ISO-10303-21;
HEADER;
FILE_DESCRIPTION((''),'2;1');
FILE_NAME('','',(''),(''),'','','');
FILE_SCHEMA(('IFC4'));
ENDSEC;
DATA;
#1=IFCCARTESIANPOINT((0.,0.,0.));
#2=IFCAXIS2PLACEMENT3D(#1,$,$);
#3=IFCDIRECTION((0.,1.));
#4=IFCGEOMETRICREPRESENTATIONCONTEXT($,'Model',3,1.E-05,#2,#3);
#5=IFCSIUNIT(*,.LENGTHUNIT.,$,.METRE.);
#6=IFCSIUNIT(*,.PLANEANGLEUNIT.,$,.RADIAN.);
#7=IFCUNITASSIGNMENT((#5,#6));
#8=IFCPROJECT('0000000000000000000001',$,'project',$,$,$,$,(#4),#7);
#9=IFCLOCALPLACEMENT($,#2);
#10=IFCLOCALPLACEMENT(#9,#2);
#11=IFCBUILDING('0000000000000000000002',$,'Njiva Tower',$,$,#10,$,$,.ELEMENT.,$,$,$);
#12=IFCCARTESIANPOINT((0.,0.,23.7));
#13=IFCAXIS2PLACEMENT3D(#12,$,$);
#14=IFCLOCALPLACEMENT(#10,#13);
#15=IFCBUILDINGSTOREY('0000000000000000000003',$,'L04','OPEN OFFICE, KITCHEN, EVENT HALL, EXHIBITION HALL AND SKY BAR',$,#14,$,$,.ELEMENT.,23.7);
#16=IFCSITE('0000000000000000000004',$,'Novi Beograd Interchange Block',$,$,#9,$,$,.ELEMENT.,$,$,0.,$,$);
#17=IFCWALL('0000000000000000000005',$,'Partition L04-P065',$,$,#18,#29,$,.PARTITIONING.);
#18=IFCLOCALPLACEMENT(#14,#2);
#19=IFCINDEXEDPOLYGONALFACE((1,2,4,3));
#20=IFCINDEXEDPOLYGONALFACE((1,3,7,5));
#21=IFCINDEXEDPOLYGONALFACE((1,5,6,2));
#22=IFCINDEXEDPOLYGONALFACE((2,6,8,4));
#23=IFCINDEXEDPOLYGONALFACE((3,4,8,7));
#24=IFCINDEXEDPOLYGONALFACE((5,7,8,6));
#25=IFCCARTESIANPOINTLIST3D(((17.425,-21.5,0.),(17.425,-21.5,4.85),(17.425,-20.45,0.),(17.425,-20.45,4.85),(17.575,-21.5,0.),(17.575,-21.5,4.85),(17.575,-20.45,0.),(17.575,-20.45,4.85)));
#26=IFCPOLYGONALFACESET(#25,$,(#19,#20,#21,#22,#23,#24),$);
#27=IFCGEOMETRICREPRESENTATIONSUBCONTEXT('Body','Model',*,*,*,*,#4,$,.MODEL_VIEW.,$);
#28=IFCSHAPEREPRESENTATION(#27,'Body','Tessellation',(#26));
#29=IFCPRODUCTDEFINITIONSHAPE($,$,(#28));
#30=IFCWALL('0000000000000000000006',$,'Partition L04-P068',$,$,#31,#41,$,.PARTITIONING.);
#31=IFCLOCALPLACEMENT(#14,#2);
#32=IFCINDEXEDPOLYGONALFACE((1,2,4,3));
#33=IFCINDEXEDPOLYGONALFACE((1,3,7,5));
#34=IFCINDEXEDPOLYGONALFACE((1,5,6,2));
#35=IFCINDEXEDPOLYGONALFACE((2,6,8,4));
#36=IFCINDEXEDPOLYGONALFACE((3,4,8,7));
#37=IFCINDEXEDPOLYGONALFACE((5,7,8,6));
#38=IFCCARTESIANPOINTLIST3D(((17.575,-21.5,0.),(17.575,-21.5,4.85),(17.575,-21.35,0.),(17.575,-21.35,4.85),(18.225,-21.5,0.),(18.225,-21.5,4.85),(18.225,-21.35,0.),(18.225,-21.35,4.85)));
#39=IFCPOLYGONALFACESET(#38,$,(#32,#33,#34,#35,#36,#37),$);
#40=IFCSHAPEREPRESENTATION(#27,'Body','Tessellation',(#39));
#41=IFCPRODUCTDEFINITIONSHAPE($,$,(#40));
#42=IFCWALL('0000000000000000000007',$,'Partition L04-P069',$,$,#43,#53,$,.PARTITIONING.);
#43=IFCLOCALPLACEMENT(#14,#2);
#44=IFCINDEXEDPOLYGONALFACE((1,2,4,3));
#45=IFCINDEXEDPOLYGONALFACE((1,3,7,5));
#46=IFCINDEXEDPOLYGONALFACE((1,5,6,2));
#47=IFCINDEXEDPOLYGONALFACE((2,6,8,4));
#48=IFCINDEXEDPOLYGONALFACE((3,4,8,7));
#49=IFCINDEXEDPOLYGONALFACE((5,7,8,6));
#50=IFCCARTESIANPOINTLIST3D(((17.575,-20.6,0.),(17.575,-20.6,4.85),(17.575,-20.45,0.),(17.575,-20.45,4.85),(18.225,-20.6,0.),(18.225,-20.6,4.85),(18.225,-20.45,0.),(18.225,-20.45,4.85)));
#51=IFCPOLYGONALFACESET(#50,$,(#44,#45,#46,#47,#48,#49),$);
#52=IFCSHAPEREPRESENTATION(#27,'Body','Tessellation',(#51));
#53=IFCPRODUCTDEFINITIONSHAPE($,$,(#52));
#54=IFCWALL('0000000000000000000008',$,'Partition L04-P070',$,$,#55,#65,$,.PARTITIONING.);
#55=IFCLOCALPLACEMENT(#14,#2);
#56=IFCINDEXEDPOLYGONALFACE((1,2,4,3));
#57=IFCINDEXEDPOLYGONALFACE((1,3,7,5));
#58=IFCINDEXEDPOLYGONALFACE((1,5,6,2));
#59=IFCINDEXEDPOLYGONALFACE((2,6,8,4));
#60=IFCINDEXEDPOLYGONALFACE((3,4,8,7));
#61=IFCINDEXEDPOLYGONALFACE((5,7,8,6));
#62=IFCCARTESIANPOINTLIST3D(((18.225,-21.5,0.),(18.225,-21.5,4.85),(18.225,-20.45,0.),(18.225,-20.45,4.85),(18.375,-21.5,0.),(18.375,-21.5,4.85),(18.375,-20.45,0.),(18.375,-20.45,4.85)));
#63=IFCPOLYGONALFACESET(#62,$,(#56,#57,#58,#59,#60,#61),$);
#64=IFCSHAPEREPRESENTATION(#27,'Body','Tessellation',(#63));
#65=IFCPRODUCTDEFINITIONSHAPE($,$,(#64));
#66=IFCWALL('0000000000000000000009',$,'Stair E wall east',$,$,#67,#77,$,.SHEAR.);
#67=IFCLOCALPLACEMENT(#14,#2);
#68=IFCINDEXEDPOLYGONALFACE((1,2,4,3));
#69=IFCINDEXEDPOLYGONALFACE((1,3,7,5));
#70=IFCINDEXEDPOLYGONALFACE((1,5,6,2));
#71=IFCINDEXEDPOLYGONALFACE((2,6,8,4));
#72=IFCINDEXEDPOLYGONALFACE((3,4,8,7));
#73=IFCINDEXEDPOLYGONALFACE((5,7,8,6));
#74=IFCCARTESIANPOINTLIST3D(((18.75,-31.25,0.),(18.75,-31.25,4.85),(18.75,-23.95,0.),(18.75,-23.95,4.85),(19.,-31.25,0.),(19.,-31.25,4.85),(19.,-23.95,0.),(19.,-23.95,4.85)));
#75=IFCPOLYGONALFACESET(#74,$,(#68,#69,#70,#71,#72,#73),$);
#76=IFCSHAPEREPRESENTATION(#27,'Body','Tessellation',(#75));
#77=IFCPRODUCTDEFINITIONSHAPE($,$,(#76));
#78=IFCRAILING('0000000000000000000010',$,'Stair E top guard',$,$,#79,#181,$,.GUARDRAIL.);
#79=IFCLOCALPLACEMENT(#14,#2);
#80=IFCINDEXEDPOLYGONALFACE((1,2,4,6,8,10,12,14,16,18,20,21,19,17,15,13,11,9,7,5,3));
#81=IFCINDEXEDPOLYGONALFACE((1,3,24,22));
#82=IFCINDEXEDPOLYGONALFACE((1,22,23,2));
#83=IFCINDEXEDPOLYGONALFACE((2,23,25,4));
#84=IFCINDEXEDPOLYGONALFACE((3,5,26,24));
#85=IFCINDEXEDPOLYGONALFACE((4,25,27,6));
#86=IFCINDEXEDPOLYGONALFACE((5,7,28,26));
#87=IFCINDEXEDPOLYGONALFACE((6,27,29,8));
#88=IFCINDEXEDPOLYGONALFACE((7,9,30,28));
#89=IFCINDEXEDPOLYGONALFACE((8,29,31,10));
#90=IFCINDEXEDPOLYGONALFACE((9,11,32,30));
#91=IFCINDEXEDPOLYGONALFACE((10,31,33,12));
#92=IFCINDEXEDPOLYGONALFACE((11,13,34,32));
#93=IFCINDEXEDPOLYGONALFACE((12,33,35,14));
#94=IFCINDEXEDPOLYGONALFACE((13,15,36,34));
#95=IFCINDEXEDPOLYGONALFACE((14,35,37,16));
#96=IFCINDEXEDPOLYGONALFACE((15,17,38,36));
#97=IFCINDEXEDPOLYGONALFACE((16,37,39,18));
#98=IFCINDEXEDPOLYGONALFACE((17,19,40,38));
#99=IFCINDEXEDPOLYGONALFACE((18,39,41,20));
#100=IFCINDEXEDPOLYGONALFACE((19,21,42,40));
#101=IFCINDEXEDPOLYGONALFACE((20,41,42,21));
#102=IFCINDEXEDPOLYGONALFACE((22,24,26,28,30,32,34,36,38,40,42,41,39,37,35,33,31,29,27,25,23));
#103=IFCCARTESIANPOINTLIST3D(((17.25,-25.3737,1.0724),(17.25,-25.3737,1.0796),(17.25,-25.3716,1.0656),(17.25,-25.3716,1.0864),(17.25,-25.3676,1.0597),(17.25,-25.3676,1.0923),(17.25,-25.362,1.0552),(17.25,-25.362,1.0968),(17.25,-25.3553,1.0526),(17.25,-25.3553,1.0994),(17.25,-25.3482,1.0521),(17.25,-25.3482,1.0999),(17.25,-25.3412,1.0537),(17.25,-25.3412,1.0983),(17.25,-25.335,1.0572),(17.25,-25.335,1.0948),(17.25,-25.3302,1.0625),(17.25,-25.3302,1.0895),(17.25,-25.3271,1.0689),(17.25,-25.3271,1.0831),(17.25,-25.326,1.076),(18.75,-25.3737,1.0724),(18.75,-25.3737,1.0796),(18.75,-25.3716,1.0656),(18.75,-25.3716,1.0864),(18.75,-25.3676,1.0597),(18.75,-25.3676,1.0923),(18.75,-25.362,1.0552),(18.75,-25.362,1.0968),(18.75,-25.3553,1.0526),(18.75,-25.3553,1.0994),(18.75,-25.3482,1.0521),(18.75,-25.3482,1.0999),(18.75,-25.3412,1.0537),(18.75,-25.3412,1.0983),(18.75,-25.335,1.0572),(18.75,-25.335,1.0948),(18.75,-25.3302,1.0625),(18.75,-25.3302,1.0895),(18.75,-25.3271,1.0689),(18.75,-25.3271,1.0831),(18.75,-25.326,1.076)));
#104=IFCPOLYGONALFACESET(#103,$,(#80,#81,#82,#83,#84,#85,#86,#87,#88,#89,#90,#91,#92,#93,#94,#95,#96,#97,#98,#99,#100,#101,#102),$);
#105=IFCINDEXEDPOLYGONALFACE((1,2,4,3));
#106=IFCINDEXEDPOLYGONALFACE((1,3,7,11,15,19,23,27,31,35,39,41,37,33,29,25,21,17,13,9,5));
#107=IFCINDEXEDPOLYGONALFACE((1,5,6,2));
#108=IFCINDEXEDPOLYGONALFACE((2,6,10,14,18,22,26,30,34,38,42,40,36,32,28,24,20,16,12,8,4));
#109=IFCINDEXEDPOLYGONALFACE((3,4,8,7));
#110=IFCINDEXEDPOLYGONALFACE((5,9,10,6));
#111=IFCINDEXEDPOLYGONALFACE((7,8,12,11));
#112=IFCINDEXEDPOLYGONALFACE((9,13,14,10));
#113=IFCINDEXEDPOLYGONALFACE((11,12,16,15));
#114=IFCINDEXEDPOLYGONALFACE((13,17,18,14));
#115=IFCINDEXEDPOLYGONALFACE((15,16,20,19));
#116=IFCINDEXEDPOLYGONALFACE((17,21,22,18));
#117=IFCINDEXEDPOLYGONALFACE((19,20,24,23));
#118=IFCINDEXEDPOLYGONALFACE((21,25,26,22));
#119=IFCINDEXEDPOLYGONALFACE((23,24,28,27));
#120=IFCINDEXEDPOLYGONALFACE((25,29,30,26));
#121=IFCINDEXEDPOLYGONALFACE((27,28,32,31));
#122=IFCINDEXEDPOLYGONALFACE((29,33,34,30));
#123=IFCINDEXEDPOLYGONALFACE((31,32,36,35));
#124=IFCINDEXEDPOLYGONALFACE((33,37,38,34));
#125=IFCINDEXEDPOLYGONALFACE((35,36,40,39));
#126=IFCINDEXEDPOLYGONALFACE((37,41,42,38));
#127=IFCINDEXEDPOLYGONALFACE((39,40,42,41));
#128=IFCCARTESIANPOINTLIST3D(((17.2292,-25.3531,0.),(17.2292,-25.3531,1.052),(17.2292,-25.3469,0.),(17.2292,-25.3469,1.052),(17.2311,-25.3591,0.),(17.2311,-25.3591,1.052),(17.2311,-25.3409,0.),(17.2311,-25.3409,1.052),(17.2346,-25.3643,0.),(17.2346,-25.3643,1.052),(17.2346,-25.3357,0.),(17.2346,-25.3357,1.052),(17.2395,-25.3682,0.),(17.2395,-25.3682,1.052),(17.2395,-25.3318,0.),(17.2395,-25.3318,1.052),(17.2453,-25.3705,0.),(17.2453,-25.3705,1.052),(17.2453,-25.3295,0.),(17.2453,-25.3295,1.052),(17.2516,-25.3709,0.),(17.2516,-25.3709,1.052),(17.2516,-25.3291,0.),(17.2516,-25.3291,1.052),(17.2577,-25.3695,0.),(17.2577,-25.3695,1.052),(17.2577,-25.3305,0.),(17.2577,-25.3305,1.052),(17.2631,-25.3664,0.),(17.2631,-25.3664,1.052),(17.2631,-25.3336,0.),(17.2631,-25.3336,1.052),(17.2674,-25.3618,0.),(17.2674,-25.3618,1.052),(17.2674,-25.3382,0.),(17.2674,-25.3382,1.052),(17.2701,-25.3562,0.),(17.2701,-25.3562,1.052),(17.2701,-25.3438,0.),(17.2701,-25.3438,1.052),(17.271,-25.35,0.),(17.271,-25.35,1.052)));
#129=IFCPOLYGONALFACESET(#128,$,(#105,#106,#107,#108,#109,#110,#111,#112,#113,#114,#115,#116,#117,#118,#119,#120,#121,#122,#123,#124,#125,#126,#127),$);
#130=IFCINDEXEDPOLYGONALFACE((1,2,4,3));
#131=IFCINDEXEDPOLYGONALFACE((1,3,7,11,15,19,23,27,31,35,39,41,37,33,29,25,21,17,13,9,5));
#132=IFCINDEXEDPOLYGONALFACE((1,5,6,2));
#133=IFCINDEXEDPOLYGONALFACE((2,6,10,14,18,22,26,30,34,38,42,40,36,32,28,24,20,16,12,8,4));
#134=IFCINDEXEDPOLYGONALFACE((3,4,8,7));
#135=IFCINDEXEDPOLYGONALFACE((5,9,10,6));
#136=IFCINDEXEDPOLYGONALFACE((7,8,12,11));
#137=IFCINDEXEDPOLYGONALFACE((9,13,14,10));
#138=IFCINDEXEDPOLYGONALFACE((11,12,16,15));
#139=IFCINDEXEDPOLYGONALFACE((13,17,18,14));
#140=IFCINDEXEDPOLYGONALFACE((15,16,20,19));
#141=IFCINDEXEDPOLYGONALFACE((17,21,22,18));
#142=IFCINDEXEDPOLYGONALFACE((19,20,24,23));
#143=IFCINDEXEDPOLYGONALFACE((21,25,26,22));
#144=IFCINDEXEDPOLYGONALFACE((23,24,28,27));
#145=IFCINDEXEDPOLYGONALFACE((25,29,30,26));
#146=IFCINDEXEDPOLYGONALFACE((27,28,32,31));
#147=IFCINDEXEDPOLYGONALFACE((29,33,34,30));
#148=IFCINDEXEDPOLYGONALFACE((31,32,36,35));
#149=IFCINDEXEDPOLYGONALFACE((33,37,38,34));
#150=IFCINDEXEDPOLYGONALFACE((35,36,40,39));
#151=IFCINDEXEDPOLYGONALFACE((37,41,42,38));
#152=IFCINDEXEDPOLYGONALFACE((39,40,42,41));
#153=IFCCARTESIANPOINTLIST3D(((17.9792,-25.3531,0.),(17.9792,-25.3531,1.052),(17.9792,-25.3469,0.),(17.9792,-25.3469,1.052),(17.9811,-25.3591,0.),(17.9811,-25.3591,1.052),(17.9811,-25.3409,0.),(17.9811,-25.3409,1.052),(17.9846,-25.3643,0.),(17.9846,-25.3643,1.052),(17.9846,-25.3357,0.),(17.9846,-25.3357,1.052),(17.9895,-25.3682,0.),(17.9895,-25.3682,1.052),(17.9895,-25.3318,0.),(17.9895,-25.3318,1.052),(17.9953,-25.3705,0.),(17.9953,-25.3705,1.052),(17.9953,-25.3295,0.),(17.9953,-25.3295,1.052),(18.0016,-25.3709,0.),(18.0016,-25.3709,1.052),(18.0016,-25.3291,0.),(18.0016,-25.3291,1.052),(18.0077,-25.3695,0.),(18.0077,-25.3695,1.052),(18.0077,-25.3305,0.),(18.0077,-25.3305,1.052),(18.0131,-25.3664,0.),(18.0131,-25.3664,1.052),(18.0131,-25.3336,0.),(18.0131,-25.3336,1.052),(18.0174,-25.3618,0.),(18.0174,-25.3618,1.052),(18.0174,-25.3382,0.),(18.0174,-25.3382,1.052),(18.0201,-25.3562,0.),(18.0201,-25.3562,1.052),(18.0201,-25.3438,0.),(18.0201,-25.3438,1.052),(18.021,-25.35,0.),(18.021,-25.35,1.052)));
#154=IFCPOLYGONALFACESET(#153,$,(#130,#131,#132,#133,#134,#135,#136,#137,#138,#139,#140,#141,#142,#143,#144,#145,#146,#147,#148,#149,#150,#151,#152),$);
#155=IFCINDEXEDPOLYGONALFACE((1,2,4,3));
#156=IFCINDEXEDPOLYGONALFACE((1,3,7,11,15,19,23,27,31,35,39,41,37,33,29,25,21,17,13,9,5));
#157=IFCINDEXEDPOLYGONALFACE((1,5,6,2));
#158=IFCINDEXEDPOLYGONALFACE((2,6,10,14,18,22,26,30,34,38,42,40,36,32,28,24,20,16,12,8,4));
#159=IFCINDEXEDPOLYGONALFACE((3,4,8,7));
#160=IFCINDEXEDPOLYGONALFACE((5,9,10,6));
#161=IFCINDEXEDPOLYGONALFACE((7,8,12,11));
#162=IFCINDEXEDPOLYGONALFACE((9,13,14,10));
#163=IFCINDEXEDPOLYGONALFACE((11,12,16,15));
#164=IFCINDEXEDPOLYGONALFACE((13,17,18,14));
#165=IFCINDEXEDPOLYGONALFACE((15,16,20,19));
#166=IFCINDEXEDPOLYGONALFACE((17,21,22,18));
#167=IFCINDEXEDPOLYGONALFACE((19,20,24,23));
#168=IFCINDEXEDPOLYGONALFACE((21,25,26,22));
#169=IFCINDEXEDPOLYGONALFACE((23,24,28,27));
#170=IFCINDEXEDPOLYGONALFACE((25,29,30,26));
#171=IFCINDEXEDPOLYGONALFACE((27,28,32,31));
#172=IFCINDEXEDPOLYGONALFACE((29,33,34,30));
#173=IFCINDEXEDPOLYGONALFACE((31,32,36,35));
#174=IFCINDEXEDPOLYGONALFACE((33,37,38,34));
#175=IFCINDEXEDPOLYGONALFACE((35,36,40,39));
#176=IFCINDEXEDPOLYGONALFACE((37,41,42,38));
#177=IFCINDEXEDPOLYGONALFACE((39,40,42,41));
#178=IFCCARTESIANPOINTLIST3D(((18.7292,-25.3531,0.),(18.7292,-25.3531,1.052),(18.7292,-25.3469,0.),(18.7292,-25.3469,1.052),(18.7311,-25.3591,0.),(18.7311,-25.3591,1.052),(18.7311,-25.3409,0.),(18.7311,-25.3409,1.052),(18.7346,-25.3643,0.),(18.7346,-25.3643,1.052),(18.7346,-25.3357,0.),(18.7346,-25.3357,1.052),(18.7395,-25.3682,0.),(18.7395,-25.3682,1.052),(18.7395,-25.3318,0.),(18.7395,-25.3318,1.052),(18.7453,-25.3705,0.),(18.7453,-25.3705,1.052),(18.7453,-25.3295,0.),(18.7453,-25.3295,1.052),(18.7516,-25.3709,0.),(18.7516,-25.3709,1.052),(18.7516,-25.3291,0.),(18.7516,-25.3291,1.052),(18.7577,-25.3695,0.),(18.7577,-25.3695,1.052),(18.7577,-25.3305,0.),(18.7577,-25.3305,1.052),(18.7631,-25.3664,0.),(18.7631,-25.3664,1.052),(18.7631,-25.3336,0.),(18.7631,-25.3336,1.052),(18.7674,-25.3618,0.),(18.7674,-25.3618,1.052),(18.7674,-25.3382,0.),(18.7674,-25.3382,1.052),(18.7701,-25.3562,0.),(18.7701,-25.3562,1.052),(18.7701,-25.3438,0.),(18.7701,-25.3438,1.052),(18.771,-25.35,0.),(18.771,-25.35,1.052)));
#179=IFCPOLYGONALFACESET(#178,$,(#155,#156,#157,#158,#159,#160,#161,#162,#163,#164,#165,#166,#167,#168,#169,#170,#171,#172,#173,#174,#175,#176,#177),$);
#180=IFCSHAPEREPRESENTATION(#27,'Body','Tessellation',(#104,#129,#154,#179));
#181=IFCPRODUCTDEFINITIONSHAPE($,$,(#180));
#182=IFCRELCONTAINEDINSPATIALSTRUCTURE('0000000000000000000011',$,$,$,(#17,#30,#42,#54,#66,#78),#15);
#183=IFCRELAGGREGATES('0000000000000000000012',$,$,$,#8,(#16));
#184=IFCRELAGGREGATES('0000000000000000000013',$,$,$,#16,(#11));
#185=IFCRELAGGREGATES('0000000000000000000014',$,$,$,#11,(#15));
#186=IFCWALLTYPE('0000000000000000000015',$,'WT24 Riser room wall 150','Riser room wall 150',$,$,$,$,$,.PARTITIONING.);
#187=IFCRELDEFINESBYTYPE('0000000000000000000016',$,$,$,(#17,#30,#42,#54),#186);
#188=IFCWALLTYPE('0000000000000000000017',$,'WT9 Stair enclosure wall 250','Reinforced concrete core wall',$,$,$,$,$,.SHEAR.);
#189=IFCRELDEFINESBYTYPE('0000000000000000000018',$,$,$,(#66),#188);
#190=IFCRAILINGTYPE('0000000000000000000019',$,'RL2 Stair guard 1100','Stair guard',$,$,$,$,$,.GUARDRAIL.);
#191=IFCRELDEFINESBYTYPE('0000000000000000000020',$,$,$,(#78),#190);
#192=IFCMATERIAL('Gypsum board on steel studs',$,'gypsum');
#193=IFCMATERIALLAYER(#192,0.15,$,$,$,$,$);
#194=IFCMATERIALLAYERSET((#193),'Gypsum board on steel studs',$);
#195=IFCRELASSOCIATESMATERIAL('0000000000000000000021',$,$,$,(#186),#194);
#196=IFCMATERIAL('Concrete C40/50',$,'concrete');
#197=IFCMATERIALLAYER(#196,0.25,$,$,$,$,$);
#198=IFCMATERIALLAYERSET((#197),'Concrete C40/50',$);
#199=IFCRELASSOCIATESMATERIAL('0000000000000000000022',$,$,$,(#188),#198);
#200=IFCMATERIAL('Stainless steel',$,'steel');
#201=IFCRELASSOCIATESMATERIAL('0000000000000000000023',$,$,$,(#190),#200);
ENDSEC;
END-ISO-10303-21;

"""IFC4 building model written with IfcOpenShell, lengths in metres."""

from ifc_helpers import new_model, si_unit, direction, frame, frame_2d, origin, origin_2d, place, context, subcontext, project, spatial, rectangle, circle, extrude, material, layer, layer_set, type_object, element, save


model = new_model("IFC4")

# Units and contexts
model_context = context("Model", 3, precision=1e-05, world=origin(), true_north=direction((0.0, 1.0)))
body_context = subcontext(model_context, "Body", "Model", "MODEL_VIEW")
ifc_project = project(units=[si_unit("LENGTHUNIT", "METRE"), si_unit("PLANEANGLEUNIT", "RADIAN")], contexts=[model_context])

# Site, building, storey
site_placement = place(None, origin())
site = spatial("IfcSite", under=ifc_project, at=site_placement, Name="Novi Beograd Interchange Block", CompositionType="ELEMENT", RefElevation=0.0)
building_placement = place(site_placement, origin())
building = spatial("IfcBuilding", under=site, at=building_placement, Name="Njiva Tower", CompositionType="ELEMENT")
storey_placement = place(building_placement, frame((0.0, 0.0, 23.7)))
storey = spatial("IfcBuildingStorey", under=building, at=storey_placement, Name="L04", Description="OPEN OFFICE, KITCHEN, EVENT HALL, EXHIBITION HALL AND SKY BAR", CompositionType="ELEMENT", Elevation=23.7)

# Shared definitions
ifc_material_1 = material(Name="Gypsum board on steel studs", Category="gypsum")

# Walls
ifc_layer_1 = layer(ifc_material_1, 0.15)
ifc_layer_set_1 = layer_set([ifc_layer_1], Name="Gypsum board on steel studs")
wall_type_1 = type_object("IfcWallType", Name="WT24 Riser room wall 150", Description="Riser room wall 150", PredefinedType="PARTITIONING", material=ifc_layer_set_1)
wall_1_placement = place(storey_placement, frame((17.5, -21.5, 0.0), z_axis=(0.0, 0.0, 1.0), x_axis=(0.0, 1.0, 0.0)))
element("IfcWall", 1, at=wall_1_placement, inside=storey, type_object=wall_type_1, Name="Partition L04-P065", PredefinedType="PARTITIONING", context=body_context, shape_type="SweptSolid", body=[
    extrude(rectangle(XDim=1.05, YDim=0.15, at=frame_2d((0.525, 0.0))), origin(), (0.0, 0.0, 1.0), 4.85),
])
for number, where, z_axis, x_axis, name in (
    (2, (17.575, -21.425, 0.0), (0.0, 0.0, 1.0), (1.0, 0.0, 0.0), "Partition L04-P068"),
    (3, (17.575, -20.525, 0.0), (0.0, 0.0, 1.0), (1.0, 0.0, 0.0), "Partition L04-P069"),
):
    element("IfcWall", number, at=place(storey_placement, frame(where, z_axis=z_axis, x_axis=x_axis)), inside=storey, type_object=wall_type_1, Name=name, PredefinedType="PARTITIONING", context=body_context, shape_type="SweptSolid", body=[
        extrude(rectangle(XDim=0.65, YDim=0.15, at=frame_2d((0.325, 0.0))), origin(), (0.0, 0.0, 1.0), 4.85),
    ])
wall_2_placement = place(storey_placement, frame((18.3, -21.5, 0.0), z_axis=(0.0, 0.0, 1.0), x_axis=(0.0, 1.0, 0.0)))
element("IfcWall", 4, at=wall_2_placement, inside=storey, type_object=wall_type_1, Name="Partition L04-P070", PredefinedType="PARTITIONING", context=body_context, shape_type="SweptSolid", body=[
    extrude(rectangle(XDim=1.05, YDim=0.15, at=frame_2d((0.525, 0.0))), origin(), (0.0, 0.0, 1.0), 4.85),
])
ifc_material_2 = material(Name="Concrete C40/50", Category="concrete")
ifc_layer_2 = layer(ifc_material_2, 0.25)
ifc_layer_set_2 = layer_set([ifc_layer_2], Name="Concrete C40/50")
wall_type_2 = type_object("IfcWallType", Name="WT9 Stair enclosure wall 250", Description="Reinforced concrete core wall", PredefinedType="SHEAR", material=ifc_layer_set_2)
wall_3_placement = place(storey_placement, frame((18.875, -31.25, 0.0), z_axis=(0.0, 0.0, 1.0), x_axis=(0.0, 1.0, 0.0)))
element("IfcWall", 5, at=wall_3_placement, inside=storey, type_object=wall_type_2, Name="Stair E wall east", PredefinedType="SHEAR", context=body_context, shape_type="SweptSolid", body=[
    extrude(rectangle(XDim=7.3, YDim=0.25, at=frame_2d((3.65, 0.0))), origin(), (0.0, 0.0, 1.0), 4.85),
])

# Railing
ifc_material_3 = material(Name="Stainless steel", Category="steel")
railing_type = type_object("IfcRailingType", Name="RL2 Stair guard 1100", Description="Stair guard", PredefinedType="GUARDRAIL", material=ifc_material_3)
railing_placement = place(storey_placement, frame((17.25, -25.35, 0.0)))
element("IfcRailing", 6, at=railing_placement, inside=storey, type_object=railing_type, Name="Stair E top guard", PredefinedType="GUARDRAIL", context=body_context, shape_type="SweptSolid", body=[
    extrude(circle(Radius=0.024, at=origin_2d()), frame((0.0, 0.0, 1.076), z_axis=(1.0, 0.0, 0.0), x_axis=(0.0, 1.0, 0.0)), (0.0, 0.0, 1.0), 1.5),
    extrude(circle(Radius=0.021, at=origin_2d()), origin(), (0.0, 0.0, 1.0), 1.052),
    extrude(circle(Radius=0.021, at=origin_2d()), frame((0.75, 0.0, 0.0)), (0.0, 0.0, 1.0), 1.052),
    extrude(circle(Radius=0.021, at=origin_2d()), frame((1.5, 0.0, 0.0)), (0.0, 0.0, 1.0), 1.052),
])

save(model, "model.ifc")
